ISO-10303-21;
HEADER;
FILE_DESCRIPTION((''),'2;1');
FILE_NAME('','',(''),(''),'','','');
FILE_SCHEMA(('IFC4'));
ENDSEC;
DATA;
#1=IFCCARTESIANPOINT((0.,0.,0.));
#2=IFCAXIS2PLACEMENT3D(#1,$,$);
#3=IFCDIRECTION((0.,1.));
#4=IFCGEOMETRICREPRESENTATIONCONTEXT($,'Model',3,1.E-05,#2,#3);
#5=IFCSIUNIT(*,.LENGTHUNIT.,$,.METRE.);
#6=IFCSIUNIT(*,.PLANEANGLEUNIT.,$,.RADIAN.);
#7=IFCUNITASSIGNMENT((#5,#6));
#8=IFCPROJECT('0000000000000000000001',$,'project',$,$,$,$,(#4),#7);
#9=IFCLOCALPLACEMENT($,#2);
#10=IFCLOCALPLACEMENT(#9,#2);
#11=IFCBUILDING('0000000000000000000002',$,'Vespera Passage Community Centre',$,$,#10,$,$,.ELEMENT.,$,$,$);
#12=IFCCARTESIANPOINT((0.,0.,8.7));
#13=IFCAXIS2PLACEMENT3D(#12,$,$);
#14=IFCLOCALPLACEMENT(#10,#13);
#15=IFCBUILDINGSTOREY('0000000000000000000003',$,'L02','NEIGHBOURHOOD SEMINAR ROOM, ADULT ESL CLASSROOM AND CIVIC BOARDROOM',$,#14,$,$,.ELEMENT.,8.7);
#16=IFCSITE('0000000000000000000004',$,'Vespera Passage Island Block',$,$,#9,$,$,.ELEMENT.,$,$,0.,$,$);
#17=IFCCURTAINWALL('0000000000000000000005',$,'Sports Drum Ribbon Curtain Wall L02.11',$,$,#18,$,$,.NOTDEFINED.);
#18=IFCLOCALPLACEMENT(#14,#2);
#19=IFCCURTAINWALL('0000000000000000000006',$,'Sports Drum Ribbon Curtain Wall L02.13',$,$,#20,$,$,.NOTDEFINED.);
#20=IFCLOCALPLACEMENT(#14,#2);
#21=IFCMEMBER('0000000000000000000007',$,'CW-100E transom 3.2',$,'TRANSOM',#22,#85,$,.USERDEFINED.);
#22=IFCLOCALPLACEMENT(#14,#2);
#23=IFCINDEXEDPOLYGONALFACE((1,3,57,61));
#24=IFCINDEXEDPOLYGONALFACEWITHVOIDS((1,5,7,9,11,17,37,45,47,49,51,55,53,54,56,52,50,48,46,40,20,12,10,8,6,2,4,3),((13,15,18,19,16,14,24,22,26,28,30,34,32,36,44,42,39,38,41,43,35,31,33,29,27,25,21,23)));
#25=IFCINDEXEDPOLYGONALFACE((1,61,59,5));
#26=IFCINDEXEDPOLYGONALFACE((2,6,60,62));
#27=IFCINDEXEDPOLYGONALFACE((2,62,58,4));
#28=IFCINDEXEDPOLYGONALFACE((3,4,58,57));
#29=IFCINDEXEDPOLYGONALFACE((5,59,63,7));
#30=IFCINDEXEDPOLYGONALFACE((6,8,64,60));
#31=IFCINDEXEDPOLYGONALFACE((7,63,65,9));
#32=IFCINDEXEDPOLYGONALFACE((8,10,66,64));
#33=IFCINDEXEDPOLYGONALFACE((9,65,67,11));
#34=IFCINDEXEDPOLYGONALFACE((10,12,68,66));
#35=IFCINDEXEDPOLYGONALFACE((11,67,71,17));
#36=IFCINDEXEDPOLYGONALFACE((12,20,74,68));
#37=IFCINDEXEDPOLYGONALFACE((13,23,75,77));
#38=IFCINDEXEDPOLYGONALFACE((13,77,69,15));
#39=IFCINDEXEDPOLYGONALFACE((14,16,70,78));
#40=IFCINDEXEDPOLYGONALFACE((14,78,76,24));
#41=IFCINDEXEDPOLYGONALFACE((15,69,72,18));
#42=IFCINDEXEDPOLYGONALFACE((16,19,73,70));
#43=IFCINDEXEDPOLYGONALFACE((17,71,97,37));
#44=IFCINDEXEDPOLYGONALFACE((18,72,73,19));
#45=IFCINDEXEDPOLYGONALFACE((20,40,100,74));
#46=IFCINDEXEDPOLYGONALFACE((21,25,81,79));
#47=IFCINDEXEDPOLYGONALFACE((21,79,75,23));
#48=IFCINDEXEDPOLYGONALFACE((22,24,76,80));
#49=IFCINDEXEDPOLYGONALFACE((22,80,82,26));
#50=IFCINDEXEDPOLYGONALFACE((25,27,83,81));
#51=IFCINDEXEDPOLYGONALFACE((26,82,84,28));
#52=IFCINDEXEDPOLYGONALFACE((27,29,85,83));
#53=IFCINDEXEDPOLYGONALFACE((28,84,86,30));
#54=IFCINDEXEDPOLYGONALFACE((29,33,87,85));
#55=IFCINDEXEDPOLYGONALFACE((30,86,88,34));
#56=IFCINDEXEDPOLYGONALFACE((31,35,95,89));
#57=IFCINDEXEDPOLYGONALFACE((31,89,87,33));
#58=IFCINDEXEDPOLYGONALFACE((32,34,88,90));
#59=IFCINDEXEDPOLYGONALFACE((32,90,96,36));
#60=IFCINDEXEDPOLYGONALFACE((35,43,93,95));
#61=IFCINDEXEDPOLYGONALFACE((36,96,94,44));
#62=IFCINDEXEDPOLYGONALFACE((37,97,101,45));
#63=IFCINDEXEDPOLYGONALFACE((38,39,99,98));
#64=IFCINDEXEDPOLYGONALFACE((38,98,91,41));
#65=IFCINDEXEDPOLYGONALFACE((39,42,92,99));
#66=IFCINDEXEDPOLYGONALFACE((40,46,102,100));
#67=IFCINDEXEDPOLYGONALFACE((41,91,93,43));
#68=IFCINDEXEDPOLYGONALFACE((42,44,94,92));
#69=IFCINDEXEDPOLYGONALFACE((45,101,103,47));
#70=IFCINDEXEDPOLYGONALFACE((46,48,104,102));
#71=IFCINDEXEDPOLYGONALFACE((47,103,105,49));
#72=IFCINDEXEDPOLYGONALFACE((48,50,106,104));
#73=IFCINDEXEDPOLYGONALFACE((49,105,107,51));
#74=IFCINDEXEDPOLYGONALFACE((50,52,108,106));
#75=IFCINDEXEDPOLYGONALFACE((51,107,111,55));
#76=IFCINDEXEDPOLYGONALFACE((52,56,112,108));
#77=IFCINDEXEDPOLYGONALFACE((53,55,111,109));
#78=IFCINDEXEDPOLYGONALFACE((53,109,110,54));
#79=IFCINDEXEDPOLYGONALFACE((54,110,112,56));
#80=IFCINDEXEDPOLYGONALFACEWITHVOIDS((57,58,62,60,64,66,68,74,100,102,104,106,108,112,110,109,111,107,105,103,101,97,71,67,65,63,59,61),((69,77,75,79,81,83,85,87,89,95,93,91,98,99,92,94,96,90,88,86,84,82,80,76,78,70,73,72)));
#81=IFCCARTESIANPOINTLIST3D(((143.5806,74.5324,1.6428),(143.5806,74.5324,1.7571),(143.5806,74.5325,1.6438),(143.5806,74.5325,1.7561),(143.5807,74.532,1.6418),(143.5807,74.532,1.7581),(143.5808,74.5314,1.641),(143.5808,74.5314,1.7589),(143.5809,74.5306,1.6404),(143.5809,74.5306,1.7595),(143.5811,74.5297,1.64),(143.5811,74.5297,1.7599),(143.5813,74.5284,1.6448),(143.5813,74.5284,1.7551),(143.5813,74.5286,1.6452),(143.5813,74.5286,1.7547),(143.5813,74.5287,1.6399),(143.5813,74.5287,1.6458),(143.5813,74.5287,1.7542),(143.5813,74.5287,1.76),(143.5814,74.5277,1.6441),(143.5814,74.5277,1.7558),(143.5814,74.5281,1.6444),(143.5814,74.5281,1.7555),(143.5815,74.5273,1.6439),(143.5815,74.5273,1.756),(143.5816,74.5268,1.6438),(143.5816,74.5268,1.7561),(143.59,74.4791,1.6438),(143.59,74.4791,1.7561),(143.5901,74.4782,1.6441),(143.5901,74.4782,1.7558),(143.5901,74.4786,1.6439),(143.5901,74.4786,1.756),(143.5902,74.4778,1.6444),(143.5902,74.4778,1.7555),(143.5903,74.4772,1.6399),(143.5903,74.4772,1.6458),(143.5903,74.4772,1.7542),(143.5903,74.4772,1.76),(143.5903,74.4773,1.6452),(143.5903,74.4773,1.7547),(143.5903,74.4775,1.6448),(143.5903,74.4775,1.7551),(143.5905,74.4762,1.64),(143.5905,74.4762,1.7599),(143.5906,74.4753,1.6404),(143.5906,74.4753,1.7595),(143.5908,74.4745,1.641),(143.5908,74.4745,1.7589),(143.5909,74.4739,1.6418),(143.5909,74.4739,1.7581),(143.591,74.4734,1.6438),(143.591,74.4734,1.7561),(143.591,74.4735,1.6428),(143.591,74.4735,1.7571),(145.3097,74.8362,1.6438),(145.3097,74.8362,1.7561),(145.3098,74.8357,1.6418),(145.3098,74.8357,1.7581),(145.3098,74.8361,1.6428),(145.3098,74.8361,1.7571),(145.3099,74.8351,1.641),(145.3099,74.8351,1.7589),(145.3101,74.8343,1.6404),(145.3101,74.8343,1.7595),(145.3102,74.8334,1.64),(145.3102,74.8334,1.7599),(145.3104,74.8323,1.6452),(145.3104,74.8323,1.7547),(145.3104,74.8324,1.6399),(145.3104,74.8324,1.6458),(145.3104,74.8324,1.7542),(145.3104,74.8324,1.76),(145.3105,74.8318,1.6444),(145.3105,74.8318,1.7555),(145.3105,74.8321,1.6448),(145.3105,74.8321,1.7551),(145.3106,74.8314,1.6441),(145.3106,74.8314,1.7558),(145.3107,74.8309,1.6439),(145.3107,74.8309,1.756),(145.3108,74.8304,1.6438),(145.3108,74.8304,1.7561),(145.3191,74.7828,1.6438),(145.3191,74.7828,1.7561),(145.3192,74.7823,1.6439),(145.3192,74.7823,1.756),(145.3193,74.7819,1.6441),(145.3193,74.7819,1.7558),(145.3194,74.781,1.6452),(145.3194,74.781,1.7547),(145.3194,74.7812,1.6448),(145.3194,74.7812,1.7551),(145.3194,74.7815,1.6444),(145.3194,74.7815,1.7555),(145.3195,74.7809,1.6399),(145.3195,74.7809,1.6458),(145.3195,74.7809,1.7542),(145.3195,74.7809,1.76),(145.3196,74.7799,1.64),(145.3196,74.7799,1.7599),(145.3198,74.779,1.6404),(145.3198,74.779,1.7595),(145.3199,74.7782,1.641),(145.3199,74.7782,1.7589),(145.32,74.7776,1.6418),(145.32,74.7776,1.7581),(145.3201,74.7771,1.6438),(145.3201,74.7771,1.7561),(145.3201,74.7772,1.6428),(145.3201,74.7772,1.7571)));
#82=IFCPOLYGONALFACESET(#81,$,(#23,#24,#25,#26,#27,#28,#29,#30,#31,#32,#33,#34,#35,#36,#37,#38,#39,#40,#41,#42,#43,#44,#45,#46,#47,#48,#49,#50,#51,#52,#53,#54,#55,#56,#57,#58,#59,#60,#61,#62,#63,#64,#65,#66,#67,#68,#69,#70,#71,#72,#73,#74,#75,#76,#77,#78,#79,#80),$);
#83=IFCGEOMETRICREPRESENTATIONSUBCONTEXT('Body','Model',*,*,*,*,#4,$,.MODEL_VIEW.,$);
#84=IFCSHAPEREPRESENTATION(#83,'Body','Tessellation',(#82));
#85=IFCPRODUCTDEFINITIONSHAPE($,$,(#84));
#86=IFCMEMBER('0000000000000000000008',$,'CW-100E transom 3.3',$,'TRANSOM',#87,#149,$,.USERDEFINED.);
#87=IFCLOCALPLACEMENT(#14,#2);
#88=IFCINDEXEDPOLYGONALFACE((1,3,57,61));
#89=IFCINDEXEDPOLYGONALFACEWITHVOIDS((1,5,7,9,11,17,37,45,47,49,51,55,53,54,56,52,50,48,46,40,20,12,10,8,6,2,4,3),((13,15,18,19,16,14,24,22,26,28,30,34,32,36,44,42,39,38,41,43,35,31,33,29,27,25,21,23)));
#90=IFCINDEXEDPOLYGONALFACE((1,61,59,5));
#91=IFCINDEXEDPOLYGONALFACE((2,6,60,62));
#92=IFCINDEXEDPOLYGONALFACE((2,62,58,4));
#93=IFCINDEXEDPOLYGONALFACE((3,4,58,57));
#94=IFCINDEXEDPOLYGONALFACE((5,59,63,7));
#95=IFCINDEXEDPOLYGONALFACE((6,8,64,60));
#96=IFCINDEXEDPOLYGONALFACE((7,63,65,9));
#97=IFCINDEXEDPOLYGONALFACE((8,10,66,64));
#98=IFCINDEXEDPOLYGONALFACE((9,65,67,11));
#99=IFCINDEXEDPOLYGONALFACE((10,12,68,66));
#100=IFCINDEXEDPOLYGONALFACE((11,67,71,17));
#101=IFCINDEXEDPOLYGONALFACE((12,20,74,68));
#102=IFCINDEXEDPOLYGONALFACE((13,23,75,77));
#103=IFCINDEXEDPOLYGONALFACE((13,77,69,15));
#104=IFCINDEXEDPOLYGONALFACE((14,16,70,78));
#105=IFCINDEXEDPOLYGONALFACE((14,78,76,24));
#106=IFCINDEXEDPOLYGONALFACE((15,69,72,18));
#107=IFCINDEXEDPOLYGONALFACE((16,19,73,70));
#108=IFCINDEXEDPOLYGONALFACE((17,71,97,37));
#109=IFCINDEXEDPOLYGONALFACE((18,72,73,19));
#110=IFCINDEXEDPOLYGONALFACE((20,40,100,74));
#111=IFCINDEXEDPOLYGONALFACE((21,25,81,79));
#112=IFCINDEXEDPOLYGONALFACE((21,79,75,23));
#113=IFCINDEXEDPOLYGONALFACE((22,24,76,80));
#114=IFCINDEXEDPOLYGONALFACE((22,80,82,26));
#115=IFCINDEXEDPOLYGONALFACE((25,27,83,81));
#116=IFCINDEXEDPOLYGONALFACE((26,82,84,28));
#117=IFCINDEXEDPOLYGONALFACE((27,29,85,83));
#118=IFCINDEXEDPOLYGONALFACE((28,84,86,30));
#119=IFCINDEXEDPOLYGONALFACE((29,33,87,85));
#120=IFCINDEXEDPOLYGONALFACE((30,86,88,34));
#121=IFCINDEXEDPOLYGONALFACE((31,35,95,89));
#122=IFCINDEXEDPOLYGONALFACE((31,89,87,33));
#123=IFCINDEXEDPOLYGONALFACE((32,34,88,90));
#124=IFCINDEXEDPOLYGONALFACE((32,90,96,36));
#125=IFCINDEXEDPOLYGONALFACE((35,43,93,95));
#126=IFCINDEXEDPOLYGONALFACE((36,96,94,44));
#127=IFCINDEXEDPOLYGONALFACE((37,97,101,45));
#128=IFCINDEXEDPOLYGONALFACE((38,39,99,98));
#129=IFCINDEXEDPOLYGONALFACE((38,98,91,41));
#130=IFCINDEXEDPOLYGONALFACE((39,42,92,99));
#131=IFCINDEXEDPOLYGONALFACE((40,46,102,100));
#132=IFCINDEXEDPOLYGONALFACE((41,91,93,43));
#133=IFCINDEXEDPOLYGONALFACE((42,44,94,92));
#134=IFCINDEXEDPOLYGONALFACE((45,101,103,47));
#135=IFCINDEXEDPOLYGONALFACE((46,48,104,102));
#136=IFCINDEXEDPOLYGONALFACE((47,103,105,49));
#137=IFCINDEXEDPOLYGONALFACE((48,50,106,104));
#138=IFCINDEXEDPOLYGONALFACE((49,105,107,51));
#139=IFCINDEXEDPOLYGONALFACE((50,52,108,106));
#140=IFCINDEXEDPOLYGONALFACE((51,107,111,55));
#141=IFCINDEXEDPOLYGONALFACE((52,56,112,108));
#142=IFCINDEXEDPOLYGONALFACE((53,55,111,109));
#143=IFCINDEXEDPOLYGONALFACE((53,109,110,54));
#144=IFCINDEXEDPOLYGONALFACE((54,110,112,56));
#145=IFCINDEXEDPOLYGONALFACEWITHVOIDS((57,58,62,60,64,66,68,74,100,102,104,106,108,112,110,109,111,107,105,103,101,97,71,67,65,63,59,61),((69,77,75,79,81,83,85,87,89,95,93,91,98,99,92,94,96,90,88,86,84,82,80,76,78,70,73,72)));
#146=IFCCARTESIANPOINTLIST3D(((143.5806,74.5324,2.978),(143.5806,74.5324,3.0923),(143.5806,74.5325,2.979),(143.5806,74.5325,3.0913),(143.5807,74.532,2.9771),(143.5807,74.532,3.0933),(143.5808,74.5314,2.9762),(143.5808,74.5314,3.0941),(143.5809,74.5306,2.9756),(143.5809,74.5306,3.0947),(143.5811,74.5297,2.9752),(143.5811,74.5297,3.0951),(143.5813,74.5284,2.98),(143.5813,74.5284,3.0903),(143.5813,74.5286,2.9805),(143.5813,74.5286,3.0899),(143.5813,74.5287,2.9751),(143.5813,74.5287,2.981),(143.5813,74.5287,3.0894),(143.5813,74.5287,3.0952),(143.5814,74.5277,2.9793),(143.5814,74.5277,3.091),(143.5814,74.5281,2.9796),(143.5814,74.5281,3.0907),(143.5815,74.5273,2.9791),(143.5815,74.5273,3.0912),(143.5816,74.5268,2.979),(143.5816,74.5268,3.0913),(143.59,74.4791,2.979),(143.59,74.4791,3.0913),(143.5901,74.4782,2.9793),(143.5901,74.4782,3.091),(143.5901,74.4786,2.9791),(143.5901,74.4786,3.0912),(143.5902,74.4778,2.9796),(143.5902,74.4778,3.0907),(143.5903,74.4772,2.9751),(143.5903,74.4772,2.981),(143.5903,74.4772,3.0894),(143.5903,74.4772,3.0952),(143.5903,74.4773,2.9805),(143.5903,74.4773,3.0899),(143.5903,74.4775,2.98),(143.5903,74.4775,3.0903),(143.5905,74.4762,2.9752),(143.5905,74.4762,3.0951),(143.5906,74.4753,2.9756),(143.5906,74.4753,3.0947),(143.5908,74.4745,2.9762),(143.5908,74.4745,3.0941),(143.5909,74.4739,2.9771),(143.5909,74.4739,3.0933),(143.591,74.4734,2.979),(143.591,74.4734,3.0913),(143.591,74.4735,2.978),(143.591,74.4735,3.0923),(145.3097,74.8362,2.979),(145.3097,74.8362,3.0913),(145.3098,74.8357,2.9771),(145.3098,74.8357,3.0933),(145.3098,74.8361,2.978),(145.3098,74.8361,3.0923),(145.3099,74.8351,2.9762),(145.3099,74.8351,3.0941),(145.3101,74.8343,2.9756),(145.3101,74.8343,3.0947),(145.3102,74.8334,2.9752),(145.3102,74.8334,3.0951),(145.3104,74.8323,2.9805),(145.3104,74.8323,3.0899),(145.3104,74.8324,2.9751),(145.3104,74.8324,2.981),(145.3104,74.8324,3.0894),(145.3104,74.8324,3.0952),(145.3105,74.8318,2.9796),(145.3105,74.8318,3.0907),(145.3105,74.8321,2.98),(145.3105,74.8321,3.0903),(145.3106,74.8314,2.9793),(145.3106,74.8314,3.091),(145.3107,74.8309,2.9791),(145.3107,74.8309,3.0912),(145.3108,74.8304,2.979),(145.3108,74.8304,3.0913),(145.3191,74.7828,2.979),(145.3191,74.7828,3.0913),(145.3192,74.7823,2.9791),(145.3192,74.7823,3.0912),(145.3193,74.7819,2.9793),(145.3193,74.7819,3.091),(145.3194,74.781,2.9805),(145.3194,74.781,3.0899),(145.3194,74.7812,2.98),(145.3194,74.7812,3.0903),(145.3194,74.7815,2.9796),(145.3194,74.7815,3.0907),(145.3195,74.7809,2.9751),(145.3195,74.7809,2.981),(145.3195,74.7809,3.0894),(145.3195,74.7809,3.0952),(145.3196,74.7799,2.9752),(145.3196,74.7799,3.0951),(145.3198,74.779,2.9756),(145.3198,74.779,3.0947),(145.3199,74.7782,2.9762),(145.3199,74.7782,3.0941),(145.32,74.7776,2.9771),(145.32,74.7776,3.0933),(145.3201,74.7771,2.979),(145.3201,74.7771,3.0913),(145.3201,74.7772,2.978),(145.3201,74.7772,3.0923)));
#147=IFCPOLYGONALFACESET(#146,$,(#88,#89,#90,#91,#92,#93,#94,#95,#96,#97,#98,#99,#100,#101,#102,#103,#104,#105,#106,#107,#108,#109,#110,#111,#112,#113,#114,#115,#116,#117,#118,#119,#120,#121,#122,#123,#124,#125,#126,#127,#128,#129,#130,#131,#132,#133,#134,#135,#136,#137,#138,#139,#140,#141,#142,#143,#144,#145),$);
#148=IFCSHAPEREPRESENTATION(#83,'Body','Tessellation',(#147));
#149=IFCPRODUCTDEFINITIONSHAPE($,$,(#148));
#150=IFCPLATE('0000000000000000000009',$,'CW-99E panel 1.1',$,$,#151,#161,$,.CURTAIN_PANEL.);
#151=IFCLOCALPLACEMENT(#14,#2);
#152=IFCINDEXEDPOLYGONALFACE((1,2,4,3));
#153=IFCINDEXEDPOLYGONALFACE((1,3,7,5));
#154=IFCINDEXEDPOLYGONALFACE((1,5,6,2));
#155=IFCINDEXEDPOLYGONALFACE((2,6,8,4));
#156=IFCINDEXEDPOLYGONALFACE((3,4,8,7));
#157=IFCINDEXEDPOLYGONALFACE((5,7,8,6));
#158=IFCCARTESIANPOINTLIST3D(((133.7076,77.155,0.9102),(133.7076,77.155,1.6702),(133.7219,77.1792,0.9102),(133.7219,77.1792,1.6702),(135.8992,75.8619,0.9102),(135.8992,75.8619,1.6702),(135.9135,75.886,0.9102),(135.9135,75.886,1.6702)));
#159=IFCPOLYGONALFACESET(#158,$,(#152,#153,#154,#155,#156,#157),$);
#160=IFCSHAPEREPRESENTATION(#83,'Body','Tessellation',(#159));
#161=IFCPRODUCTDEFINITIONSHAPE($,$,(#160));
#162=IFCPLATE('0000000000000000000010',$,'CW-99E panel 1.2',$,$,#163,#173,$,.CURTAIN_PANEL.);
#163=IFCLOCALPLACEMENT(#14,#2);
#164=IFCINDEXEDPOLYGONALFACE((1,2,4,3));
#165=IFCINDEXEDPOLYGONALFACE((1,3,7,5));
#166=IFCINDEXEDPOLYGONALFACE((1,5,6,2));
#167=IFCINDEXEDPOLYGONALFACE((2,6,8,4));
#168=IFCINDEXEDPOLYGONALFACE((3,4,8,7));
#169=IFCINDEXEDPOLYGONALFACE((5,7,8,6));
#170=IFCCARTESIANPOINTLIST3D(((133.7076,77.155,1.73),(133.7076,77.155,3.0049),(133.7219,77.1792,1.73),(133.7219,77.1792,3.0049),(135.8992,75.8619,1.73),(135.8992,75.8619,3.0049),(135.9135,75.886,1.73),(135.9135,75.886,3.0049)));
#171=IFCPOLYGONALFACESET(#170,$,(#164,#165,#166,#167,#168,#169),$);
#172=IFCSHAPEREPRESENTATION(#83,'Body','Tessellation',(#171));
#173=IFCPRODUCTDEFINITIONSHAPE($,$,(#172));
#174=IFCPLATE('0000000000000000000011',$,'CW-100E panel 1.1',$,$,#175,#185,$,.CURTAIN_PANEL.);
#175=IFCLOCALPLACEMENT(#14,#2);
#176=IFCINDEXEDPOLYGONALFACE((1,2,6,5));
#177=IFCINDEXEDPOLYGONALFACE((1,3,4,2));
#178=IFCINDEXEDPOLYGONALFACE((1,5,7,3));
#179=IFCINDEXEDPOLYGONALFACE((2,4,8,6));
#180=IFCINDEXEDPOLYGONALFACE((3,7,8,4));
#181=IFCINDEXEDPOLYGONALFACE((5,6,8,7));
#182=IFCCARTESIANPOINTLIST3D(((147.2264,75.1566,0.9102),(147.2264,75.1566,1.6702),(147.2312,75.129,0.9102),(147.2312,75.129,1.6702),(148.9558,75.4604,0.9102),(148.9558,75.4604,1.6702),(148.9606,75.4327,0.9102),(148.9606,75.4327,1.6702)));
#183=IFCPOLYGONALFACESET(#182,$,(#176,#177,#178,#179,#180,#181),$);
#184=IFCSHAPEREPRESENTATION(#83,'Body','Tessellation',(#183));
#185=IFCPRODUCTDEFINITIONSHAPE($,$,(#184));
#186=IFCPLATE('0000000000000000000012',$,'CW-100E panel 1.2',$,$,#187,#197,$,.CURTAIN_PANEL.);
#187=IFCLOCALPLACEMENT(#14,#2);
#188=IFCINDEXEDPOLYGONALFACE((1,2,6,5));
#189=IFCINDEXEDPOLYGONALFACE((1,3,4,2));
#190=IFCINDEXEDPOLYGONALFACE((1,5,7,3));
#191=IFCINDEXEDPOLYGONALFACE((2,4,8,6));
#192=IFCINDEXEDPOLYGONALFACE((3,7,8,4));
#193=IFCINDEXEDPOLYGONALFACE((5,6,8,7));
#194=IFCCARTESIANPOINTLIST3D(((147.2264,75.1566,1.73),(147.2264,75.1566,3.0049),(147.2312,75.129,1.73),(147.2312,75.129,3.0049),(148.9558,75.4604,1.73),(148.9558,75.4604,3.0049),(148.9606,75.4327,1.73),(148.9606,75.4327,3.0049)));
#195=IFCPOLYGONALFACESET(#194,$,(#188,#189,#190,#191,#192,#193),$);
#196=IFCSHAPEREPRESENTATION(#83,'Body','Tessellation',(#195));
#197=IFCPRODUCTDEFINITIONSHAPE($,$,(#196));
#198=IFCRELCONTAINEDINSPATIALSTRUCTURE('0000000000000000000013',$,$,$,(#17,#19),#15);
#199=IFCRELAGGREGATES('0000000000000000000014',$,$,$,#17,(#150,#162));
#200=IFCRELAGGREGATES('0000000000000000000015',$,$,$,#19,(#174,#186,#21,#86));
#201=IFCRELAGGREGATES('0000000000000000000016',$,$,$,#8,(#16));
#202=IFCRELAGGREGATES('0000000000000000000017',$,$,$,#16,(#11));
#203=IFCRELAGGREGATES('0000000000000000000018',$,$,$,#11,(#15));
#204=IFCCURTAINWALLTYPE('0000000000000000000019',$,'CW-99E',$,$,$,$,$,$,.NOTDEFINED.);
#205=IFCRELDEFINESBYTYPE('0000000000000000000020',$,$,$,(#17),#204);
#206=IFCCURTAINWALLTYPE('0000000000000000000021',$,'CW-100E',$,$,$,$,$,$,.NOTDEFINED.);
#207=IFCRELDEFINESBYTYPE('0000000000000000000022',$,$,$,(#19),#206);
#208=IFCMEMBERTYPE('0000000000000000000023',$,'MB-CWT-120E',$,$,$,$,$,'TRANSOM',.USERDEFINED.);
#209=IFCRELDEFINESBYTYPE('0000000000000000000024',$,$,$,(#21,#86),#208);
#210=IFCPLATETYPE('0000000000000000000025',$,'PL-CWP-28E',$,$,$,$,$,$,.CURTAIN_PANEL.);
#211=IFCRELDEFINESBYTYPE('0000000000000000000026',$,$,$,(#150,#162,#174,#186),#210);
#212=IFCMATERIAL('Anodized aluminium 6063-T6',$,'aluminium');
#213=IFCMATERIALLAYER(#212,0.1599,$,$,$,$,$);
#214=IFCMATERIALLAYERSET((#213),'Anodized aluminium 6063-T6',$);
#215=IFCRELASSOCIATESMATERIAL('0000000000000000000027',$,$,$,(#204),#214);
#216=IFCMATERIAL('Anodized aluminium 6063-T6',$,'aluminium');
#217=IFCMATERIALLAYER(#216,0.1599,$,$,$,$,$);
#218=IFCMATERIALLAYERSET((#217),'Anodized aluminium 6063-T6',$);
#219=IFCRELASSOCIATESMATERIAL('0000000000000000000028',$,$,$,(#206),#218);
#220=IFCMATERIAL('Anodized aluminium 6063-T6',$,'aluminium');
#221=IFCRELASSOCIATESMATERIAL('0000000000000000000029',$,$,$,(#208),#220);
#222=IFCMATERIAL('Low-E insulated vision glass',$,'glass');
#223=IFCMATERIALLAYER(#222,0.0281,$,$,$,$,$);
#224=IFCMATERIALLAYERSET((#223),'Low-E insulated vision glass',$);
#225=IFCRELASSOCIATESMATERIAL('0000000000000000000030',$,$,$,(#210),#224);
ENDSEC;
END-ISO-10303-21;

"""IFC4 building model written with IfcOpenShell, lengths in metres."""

from ifc_helpers import new_model, si_unit, direction, frame, origin, origin_2d, place, context, subcontext, project, spatial, rectangle, hollow_rectangle, extrude, material, layer, layer_set, material_profile, profile_set, type_object, element, aggregate, save


model = new_model("IFC4")

# Units and contexts
model_context = context("Model", 3, precision=1e-05, world=origin(), true_north=direction((0.0, 1.0)))
body_context = subcontext(model_context, "Body", "Model", "MODEL_VIEW")
ifc_project = project(units=[si_unit("LENGTHUNIT", "METRE"), si_unit("PLANEANGLEUNIT", "RADIAN")], contexts=[model_context])

# Site, building, storey
site_placement = place(None, origin())
site = spatial("IfcSite", under=ifc_project, at=site_placement, Name="Vespera Passage Island Block", CompositionType="ELEMENT", RefElevation=0.0)
building_placement = place(site_placement, origin())
building = spatial("IfcBuilding", under=site, at=building_placement, Name="Vespera Passage Community Centre", CompositionType="ELEMENT")
storey_placement = place(building_placement, frame((0.0, 0.0, 8.7)))
storey = spatial("IfcBuildingStorey", under=building, at=storey_placement, Name="L02", Description="NEIGHBOURHOOD SEMINAR ROOM, ADULT ESL CLASSROOM AND CIVIC BOARDROOM", CompositionType="ELEMENT", Elevation=8.7)

# Curtain wall
ifc_material_1 = material(Name="Anodized aluminium 6063-T6", Category="aluminium")
ifc_layer_1 = layer(ifc_material_1, 0.1599)
ifc_layer_set_1 = layer_set([ifc_layer_1], Name="Anodized aluminium 6063-T6")
curtain_wall_type_1 = type_object("IfcCurtainWallType", Name="CW-99E", PredefinedType="NOTDEFINED", material=ifc_layer_set_1)
curtain_wall_1_placement = place(storey_placement, origin())
curtain_wall_1 = element("IfcCurtainWall", 1, at=curtain_wall_1_placement, inside=storey, type_object=curtain_wall_type_1, Name="Sports Drum Ribbon Curtain Wall L02.11", PredefinedType="NOTDEFINED")

# Curtain wall
ifc_material_2 = material(Name="Anodized aluminium 6063-T6", Category="aluminium")
ifc_layer_2 = layer(ifc_material_2, 0.1599)
ifc_layer_set_2 = layer_set([ifc_layer_2], Name="Anodized aluminium 6063-T6")
curtain_wall_type_2 = type_object("IfcCurtainWallType", Name="CW-100E", PredefinedType="NOTDEFINED", material=ifc_layer_set_2)
curtain_wall_2_placement = place(storey_placement, origin())
curtain_wall_2 = element("IfcCurtainWall", 2, at=curtain_wall_2_placement, inside=storey, type_object=curtain_wall_type_2, Name="Sports Drum Ribbon Curtain Wall L02.13", PredefinedType="NOTDEFINED")

# Members
ifc_material_3 = material(Name="Anodized aluminium 6063-T6", Category="aluminium")
ifc_material_profile_1 = material_profile(ifc_material_3, hollow_rectangle(XDim=0.0601, YDim=0.1201, WallThickness=0.0039, InnerFilletRadius=0.002, OuterFilletRadius=0.0039, at=origin_2d()), Name="ALU120X60X4")
ifc_profile_set_1 = profile_set([ifc_material_profile_1], Name="Anodized aluminium 6063-T6")
member_type_1 = type_object("IfcMemberType", Name="MB-CWT-120E", ElementType="TRANSOM", PredefinedType="USERDEFINED", material=ifc_profile_set_1)
member_1_placement = place(storey_placement, frame((145.3149, 74.8066, 1.7), z_axis=(-0.984925, -0.172984, 0.0), x_axis=(0.172984, -0.984925, 0.0)))
member_1 = element("IfcMember", 3, at=member_1_placement, type_object=member_type_1, Name="CW-100E transom 3.2", ObjectType="TRANSOM", PredefinedType="USERDEFINED", context=body_context, shape_type="SweptSolid", body=[
    extrude(hollow_rectangle(XDim=0.0601, YDim=0.1201, WallThickness=0.0039, InnerFilletRadius=0.002, OuterFilletRadius=0.0039, at=origin_2d()), origin(), (0.0, 0.0, 1.0), 1.7556),
])
member_2_placement = place(storey_placement, frame((145.3149, 74.8066, 3.0352), z_axis=(-0.984925, -0.172984, 0.0), x_axis=(0.172984, -0.984925, 0.0)))
member_2 = element("IfcMember", 4, at=member_2_placement, type_object=member_type_1, Name="CW-100E transom 3.3", ObjectType="TRANSOM", PredefinedType="USERDEFINED", context=body_context, shape_type="SweptSolid", body=[
    extrude(hollow_rectangle(XDim=0.0601, YDim=0.1201, WallThickness=0.0039, InnerFilletRadius=0.002, OuterFilletRadius=0.0039, at=origin_2d()), origin(), (0.0, 0.0, 1.0), 1.7556),
])

# Plates
ifc_material_4 = material(Name="Low-E insulated vision glass", Category="glass")
ifc_layer_3 = layer(ifc_material_4, 0.0281)
ifc_layer_set_3 = layer_set([ifc_layer_3], Name="Low-E insulated vision glass")
plate_type = type_object("IfcPlateType", Name="PL-CWP-28E", PredefinedType="CURTAIN_PANEL", material=ifc_layer_set_3)
plate_1_placement = place(storey_placement, frame((134.8105, 76.5205, 0.9102), z_axis=(0.0, 0.0, 1.0), x_axis=(-0.861257, 0.50817, 0.0)))
plate_1 = element("IfcPlate", 5, at=plate_1_placement, type_object=plate_type, Name="CW-99E panel 1.1", PredefinedType="CURTAIN_PANEL", context=body_context, shape_type="SweptSolid", body=[
    extrude(rectangle(XDim=2.5447, YDim=0.0281, at=origin_2d()), origin(), (0.0, 0.0, 1.0), 0.76),
])
plate_2_placement = place(storey_placement, frame((134.8105, 76.5205, 1.73), z_axis=(0.0, 0.0, 1.0), x_axis=(-0.861257, 0.50817, 0.0)))
plate_2 = element("IfcPlate", 6, at=plate_2_placement, type_object=plate_type, Name="CW-99E panel 1.2", PredefinedType="CURTAIN_PANEL", context=body_context, shape_type="SweptSolid", body=[
    extrude(rectangle(XDim=2.5447, YDim=0.0281, at=origin_2d()), origin(), (0.0, 0.0, 1.0), 1.2749),
])
aggregate(curtain_wall_1, [plate_1, plate_2])
plate_3_placement = place(storey_placement, frame((148.0935, 75.2947, 0.9102), z_axis=(0.0, 0.0, 1.0), x_axis=(-0.984923, -0.172994, 0.0)))
plate_3 = element("IfcPlate", 7, at=plate_3_placement, type_object=plate_type, Name="CW-100E panel 1.1", PredefinedType="CURTAIN_PANEL", context=body_context, shape_type="SweptSolid", body=[
    extrude(rectangle(XDim=1.7559, YDim=0.0281, at=origin_2d()), origin(), (0.0, 0.0, 1.0), 0.76),
])
plate_4_placement = place(storey_placement, frame((148.0935, 75.2947, 1.73), z_axis=(0.0, 0.0, 1.0), x_axis=(-0.984923, -0.172994, 0.0)))
plate_4 = element("IfcPlate", 8, at=plate_4_placement, type_object=plate_type, Name="CW-100E panel 1.2", PredefinedType="CURTAIN_PANEL", context=body_context, shape_type="SweptSolid", body=[
    extrude(rectangle(XDim=1.7559, YDim=0.0281, at=origin_2d()), origin(), (0.0, 0.0, 1.0), 1.2749),
])
aggregate(curtain_wall_2, [plate_3, plate_4, member_1, member_2])

save(model, "model.ifc")
